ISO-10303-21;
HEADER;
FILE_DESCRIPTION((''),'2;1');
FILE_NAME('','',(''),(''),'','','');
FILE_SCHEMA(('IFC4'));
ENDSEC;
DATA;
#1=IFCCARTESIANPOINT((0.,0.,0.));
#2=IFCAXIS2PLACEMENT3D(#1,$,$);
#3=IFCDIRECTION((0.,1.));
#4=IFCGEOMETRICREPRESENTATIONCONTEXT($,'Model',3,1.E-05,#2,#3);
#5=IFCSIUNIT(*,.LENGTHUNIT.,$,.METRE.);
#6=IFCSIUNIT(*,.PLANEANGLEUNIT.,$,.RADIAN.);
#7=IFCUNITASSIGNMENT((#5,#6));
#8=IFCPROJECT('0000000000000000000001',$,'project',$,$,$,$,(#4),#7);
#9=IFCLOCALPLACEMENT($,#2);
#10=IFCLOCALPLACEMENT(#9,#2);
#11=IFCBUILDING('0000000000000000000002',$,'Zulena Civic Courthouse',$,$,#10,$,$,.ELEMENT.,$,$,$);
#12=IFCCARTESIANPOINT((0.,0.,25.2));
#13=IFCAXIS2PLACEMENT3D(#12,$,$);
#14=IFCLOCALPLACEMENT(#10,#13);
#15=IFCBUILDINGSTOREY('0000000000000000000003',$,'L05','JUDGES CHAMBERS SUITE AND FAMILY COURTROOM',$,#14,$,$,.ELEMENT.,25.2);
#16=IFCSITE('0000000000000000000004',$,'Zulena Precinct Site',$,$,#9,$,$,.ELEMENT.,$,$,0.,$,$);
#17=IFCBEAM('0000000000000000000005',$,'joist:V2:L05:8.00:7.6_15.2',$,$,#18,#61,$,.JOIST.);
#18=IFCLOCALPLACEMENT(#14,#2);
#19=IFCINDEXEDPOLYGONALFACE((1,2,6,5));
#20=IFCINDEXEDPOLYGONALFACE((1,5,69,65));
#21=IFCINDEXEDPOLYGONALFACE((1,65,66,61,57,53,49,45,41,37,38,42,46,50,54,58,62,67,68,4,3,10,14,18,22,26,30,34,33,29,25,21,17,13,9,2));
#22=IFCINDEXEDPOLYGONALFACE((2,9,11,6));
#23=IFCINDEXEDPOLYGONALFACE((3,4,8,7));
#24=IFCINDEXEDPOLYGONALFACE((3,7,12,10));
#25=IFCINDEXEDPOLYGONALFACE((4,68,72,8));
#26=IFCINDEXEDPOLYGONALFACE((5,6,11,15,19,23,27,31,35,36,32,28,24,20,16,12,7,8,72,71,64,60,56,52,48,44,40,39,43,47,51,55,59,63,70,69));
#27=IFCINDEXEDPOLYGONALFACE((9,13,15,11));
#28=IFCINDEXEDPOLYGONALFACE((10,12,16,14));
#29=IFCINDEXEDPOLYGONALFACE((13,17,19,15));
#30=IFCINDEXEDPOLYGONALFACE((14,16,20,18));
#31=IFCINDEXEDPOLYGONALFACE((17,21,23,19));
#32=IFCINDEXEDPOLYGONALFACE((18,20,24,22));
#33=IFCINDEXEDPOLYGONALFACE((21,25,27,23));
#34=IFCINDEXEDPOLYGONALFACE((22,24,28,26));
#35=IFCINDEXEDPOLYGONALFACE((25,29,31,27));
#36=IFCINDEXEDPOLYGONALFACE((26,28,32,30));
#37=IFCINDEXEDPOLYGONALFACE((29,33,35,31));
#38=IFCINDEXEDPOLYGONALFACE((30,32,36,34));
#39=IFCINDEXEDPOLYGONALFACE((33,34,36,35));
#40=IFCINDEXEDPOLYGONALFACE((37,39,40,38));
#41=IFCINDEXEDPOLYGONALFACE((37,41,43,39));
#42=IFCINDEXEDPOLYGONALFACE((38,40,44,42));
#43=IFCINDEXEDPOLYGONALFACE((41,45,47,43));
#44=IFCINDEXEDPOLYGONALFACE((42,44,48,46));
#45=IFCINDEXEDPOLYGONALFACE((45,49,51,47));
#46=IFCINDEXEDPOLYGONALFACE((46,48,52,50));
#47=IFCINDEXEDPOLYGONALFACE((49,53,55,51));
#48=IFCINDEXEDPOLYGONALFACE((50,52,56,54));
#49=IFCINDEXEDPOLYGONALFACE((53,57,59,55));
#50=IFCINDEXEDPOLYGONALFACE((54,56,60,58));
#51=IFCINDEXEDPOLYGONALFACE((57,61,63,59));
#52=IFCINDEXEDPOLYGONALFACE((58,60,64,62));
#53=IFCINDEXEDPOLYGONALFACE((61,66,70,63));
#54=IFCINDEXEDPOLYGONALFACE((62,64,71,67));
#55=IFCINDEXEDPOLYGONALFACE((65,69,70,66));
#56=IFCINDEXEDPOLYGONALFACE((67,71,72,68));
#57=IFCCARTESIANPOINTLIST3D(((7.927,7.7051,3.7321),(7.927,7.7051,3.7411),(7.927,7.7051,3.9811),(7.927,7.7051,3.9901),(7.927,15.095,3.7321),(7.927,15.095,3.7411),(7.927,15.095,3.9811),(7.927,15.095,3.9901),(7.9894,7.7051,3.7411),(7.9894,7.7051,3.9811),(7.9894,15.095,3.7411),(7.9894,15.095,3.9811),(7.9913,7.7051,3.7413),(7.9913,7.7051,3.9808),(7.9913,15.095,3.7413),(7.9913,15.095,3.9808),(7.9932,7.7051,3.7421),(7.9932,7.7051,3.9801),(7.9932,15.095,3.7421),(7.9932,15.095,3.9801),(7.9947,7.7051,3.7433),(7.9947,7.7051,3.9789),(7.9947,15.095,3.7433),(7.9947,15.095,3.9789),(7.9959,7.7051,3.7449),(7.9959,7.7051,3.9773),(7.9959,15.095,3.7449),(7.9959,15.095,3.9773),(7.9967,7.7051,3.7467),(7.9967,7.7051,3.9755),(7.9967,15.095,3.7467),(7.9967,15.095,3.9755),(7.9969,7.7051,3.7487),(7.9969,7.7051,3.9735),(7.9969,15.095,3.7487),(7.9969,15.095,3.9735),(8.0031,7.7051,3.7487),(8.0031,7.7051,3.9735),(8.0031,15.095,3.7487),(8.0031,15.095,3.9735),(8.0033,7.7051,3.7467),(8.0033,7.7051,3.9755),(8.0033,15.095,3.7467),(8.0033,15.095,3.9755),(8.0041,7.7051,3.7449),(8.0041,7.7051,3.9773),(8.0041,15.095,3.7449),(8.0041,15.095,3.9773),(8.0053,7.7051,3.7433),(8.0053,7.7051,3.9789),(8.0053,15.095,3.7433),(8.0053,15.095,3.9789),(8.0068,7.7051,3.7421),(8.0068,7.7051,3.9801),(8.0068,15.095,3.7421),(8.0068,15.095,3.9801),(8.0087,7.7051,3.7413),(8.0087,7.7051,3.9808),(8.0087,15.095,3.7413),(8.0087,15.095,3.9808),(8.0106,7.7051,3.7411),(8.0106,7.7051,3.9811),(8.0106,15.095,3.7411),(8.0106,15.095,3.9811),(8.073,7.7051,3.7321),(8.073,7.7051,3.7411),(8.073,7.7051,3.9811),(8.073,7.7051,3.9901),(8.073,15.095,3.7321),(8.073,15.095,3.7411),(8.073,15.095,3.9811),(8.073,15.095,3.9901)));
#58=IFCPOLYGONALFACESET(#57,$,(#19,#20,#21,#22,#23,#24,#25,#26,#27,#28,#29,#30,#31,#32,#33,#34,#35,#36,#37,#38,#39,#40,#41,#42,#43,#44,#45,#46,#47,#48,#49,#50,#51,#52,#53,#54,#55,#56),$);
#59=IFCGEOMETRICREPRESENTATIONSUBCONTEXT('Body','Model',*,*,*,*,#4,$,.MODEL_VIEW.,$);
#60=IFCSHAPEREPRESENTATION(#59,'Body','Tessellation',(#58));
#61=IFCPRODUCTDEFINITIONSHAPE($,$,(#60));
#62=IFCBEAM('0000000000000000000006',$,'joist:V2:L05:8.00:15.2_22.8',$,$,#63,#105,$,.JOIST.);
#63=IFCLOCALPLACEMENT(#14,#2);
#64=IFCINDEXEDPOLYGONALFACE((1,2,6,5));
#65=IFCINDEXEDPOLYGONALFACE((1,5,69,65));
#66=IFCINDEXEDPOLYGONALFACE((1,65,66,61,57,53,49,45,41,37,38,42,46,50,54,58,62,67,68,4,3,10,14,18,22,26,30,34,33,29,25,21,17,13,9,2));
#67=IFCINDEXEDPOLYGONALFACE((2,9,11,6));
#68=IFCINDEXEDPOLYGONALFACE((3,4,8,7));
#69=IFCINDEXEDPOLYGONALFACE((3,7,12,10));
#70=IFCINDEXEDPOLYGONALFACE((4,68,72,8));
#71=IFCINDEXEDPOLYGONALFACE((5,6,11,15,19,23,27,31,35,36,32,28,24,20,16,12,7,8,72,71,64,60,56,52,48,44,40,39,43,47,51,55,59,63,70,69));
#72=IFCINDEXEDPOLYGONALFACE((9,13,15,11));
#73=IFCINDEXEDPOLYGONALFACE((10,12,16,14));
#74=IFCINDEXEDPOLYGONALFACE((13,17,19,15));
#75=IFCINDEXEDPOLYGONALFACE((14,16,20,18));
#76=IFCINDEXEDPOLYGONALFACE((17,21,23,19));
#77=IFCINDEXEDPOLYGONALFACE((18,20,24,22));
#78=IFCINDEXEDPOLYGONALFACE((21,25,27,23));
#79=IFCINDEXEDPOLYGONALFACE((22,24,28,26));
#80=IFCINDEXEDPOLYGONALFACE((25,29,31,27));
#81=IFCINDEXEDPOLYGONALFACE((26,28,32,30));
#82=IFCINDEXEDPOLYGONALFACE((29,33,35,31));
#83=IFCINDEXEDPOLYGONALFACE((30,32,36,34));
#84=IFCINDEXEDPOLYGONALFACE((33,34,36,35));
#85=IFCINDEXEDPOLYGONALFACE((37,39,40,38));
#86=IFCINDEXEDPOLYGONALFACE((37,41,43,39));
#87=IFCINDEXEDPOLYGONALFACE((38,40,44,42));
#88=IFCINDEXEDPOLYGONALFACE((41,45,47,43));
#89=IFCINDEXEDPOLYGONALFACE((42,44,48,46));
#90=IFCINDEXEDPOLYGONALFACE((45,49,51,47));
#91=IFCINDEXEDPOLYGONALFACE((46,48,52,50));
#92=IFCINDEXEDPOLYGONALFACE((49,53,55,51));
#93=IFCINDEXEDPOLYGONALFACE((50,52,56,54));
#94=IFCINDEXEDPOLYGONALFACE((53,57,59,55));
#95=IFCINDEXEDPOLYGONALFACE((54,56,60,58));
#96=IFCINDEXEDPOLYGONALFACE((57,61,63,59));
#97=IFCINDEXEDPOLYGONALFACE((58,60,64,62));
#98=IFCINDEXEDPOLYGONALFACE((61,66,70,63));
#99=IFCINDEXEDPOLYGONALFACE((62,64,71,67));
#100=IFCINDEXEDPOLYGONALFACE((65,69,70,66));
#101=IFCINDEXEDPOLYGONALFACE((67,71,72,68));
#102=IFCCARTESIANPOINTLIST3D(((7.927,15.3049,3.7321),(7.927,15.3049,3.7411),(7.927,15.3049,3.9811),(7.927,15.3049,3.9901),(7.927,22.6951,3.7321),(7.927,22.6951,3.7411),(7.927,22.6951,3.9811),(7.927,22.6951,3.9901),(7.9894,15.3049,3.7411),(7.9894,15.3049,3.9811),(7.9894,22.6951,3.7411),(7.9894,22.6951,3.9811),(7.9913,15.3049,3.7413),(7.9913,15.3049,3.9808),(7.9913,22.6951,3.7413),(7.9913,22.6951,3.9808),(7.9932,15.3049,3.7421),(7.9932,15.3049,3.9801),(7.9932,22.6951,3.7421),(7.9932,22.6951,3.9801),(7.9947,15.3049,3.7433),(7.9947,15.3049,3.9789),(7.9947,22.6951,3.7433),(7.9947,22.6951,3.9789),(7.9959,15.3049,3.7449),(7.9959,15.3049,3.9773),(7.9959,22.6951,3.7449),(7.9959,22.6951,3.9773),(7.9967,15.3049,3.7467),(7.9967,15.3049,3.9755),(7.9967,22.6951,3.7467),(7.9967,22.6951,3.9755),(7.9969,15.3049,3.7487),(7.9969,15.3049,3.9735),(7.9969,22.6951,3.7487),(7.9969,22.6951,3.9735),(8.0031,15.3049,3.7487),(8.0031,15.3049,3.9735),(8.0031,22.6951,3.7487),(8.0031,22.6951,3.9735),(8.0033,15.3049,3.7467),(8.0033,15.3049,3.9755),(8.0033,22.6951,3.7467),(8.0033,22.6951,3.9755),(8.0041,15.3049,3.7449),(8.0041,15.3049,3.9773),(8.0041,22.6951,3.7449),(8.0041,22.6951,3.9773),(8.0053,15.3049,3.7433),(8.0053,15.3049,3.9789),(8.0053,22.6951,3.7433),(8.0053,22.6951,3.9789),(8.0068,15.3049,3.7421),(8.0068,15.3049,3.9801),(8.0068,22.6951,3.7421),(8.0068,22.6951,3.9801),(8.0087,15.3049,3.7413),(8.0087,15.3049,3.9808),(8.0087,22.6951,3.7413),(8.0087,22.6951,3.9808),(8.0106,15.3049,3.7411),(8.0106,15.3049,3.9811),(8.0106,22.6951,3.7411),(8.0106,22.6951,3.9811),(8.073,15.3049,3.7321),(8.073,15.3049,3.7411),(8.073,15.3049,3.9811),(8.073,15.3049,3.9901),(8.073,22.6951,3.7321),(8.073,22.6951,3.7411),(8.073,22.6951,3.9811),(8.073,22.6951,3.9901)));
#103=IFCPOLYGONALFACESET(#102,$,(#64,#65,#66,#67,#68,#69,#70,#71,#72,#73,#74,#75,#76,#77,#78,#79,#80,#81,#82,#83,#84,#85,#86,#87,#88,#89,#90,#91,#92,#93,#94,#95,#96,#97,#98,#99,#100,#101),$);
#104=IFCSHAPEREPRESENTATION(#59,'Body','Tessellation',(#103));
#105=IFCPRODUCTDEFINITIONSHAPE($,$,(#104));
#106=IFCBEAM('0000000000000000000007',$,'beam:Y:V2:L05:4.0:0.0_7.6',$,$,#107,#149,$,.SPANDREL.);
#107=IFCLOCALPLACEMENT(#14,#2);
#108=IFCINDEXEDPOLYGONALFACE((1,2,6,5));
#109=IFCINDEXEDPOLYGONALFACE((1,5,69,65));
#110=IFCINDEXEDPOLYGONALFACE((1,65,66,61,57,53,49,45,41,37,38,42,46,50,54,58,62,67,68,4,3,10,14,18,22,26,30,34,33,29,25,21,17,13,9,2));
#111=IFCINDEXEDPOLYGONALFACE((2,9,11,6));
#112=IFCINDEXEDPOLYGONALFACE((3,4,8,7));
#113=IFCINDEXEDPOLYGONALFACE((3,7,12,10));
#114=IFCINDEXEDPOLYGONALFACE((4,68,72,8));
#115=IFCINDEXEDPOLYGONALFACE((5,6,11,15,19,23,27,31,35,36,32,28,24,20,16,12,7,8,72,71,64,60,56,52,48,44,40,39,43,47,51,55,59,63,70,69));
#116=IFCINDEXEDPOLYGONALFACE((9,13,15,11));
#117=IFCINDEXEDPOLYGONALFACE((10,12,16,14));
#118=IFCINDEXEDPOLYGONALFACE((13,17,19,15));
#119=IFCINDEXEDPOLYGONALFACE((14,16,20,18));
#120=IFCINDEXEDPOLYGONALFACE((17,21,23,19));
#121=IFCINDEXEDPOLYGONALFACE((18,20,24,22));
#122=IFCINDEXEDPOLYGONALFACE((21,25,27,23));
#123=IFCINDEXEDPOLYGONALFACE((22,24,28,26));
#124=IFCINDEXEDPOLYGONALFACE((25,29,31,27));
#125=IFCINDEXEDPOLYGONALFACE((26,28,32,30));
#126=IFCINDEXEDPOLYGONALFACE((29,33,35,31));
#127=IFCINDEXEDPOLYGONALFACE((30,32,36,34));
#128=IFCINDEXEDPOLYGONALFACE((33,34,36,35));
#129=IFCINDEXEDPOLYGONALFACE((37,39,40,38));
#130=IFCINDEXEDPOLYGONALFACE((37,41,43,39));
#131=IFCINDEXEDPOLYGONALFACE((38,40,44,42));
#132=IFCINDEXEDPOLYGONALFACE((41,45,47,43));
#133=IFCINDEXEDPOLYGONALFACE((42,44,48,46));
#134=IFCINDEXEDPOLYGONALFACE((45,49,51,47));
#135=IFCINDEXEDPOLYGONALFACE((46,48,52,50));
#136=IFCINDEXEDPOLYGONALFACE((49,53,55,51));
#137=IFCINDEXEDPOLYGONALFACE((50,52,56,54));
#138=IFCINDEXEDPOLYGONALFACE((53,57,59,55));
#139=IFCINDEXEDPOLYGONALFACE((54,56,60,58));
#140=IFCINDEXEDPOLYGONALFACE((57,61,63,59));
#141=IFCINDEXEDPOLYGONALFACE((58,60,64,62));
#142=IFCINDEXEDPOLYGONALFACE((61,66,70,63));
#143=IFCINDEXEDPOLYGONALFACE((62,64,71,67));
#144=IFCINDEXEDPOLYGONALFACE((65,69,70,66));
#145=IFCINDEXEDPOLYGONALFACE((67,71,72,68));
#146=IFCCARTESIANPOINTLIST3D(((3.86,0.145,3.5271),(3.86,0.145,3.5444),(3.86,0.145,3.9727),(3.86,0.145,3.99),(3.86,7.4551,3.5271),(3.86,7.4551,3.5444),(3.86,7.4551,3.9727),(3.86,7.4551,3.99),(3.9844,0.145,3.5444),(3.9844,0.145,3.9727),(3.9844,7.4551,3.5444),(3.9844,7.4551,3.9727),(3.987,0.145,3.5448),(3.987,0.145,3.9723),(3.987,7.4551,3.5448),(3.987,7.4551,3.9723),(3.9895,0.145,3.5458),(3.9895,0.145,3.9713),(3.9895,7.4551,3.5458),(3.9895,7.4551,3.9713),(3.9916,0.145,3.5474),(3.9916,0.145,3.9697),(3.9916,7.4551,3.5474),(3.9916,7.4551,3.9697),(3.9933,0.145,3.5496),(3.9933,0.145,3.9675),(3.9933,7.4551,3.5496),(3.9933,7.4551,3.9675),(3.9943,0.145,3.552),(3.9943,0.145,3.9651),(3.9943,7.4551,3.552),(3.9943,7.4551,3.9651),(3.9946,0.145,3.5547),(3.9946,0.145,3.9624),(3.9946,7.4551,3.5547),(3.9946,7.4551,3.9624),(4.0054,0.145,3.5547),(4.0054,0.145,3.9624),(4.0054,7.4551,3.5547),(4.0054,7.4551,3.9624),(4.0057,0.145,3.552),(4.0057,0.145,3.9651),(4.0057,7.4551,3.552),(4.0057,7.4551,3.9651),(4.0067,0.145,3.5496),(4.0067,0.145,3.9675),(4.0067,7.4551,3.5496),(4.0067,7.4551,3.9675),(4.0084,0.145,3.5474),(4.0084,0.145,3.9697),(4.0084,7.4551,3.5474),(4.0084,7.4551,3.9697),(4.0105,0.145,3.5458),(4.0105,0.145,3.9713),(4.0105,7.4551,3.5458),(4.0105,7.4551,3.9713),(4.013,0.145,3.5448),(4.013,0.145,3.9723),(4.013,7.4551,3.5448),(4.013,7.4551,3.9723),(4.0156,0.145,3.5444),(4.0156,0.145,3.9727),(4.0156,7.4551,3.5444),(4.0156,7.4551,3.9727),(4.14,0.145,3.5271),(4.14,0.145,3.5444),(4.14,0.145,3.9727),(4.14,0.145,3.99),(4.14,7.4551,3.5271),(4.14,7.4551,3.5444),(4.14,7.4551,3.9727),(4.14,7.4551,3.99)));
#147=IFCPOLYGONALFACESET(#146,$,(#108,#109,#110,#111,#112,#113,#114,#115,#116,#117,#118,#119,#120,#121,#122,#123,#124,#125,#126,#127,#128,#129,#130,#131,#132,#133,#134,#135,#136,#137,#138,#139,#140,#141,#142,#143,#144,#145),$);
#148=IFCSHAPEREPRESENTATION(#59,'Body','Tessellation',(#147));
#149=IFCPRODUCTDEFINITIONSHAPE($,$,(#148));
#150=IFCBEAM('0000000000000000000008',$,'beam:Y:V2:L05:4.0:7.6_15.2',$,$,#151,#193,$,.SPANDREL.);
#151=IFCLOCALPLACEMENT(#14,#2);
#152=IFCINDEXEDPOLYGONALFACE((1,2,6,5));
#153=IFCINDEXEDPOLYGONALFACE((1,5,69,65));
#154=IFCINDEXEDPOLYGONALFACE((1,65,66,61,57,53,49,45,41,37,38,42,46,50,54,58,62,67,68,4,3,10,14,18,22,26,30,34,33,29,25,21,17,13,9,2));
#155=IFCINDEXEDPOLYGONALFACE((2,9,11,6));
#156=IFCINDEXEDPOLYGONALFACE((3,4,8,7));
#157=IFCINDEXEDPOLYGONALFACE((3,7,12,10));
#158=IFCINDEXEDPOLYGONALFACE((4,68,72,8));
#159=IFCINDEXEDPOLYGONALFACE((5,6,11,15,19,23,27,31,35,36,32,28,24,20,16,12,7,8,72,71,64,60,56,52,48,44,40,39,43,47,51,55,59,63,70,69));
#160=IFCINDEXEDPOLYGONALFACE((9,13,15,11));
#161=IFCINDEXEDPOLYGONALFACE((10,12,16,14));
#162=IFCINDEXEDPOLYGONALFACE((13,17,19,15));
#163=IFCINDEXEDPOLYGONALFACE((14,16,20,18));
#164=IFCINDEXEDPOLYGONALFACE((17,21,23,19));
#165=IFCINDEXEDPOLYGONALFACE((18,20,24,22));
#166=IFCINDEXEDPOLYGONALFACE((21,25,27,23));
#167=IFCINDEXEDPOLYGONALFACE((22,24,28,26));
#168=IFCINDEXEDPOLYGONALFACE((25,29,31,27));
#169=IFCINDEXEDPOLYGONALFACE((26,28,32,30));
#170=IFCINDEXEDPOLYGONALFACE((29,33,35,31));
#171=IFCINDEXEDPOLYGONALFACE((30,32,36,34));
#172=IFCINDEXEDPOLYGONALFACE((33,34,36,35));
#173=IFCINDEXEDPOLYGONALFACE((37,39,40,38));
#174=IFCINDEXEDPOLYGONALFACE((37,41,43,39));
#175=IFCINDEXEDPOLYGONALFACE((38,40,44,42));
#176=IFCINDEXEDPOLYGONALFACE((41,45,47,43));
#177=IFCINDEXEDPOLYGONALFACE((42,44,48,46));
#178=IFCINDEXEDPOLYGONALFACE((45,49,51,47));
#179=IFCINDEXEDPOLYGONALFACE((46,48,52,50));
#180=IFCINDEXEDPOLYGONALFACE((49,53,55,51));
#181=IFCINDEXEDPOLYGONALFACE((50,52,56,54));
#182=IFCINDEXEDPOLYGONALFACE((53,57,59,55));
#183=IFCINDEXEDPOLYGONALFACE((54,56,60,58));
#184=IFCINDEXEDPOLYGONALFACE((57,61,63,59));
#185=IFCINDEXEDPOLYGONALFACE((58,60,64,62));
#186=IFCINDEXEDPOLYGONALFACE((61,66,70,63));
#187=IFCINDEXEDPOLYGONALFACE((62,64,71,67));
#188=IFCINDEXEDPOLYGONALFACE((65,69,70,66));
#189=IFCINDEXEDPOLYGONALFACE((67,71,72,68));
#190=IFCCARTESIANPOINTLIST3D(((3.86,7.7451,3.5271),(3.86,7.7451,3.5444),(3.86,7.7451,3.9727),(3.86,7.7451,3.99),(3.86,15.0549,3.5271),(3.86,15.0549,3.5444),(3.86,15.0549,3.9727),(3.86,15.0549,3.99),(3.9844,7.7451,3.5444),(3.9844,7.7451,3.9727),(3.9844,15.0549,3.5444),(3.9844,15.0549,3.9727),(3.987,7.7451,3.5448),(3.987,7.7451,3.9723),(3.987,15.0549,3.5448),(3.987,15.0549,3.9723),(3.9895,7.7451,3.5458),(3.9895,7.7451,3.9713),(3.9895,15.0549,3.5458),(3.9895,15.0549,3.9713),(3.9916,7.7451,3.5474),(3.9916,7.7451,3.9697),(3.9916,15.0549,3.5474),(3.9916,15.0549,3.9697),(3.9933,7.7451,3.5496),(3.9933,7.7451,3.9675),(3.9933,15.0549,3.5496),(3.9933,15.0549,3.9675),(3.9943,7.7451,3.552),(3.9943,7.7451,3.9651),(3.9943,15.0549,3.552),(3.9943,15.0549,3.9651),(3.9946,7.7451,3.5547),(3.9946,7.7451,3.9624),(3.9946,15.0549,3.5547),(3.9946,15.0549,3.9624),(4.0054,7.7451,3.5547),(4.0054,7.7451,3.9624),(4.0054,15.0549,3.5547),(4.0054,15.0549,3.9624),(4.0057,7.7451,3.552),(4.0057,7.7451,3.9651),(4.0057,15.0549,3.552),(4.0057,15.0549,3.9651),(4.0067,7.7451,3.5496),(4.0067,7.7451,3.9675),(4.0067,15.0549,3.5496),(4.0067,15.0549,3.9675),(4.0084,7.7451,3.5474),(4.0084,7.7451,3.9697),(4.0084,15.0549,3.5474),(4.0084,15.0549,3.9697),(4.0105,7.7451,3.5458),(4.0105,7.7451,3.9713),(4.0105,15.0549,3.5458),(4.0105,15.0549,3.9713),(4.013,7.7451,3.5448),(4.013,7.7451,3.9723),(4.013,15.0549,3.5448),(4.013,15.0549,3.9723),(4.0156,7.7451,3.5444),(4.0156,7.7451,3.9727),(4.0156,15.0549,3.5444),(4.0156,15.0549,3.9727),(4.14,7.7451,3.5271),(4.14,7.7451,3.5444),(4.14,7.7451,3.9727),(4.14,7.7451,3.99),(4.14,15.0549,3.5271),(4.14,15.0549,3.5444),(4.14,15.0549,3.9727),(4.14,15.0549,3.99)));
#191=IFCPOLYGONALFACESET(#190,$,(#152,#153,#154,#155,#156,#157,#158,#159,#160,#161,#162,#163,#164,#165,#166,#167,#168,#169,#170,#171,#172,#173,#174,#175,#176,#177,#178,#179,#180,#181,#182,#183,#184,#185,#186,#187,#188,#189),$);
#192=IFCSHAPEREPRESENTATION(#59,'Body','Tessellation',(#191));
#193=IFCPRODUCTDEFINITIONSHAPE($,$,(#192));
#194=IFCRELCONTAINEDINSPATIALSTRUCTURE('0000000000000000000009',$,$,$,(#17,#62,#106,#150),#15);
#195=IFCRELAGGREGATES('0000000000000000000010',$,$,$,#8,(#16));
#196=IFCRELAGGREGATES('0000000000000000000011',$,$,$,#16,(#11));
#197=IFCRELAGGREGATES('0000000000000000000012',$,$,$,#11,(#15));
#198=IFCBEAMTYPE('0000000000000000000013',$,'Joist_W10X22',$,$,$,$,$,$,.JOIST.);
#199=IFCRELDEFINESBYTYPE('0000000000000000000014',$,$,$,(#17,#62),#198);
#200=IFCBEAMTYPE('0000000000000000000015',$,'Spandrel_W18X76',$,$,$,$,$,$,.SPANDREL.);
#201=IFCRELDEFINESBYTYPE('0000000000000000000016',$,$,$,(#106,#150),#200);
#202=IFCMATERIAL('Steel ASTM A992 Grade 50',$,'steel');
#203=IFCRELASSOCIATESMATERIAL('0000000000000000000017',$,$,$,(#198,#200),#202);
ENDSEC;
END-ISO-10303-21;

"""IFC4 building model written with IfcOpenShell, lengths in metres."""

from ifc_helpers import new_model, si_unit, direction, frame, origin, origin_2d, place, context, subcontext, project, spatial, i_section, extrude, material, material_profile, profile_set, type_object, element, save


model = new_model("IFC4")

# Units and contexts
model_context = context("Model", 3, precision=1e-05, world=origin(), true_north=direction((0.0, 1.0)))
body_context = subcontext(model_context, "Body", "Model", "MODEL_VIEW")
ifc_project = project(units=[si_unit("LENGTHUNIT", "METRE"), si_unit("PLANEANGLEUNIT", "RADIAN")], contexts=[model_context])

# Site, building, storey
site_placement = place(None, origin())
site = spatial("IfcSite", under=ifc_project, at=site_placement, Name="Zulena Precinct Site", CompositionType="ELEMENT", RefElevation=0.0)
building_placement = place(site_placement, origin())
building = spatial("IfcBuilding", under=site, at=building_placement, Name="Zulena Civic Courthouse", CompositionType="ELEMENT")
storey_placement = place(building_placement, frame((0.0, 0.0, 25.2)))
storey = spatial("IfcBuildingStorey", under=building, at=storey_placement, Name="L05", Description="JUDGES CHAMBERS SUITE AND FAMILY COURTROOM", CompositionType="ELEMENT", Elevation=25.2)

# Shared definitions
ifc_material_1 = material(Name="Steel ASTM A992 Grade 50", Category="steel")

# Beams
ifc_material_profile_1 = material_profile(ifc_material_1, i_section(OverallWidth=0.146, OverallDepth=0.2581, WebThickness=0.0061, FlangeThickness=0.009, FilletRadius=0.0076, at=origin_2d()), Name="W10X22")
ifc_profile_set_1 = profile_set([ifc_material_profile_1], Name="Steel ASTM A992 Grade 50")
beam_type_1 = type_object("IfcBeamType", Name="Joist_W10X22", PredefinedType="JOIST", material=ifc_profile_set_1)
beam_1_placement = place(storey_placement, frame((8.0, 7.7051, 3.8611), z_axis=(0.0, 1.0, 0.0), x_axis=(-1.0, 0.0, 0.0)))
element("IfcBeam", 1, at=beam_1_placement, inside=storey, type_object=beam_type_1, Name="joist:V2:L05:8.00:7.6_15.2", PredefinedType="JOIST", context=body_context, shape_type="SweptSolid", body=[
    extrude(i_section(OverallWidth=0.146, OverallDepth=0.2581, WebThickness=0.0061, FlangeThickness=0.009, FilletRadius=0.0076, at=origin_2d()), origin(), (0.0, 0.0, 1.0), 7.3899),
])
beam_2_placement = place(storey_placement, frame((8.0, 15.3049, 3.8611), z_axis=(0.0, 1.0, 0.0), x_axis=(-1.0, 0.0, 0.0)))
element("IfcBeam", 2, at=beam_2_placement, inside=storey, type_object=beam_type_1, Name="joist:V2:L05:8.00:15.2_22.8", PredefinedType="JOIST", context=body_context, shape_type="SweptSolid", body=[
    extrude(i_section(OverallWidth=0.146, OverallDepth=0.2581, WebThickness=0.0061, FlangeThickness=0.009, FilletRadius=0.0076, at=origin_2d()), origin(), (0.0, 0.0, 1.0), 7.3901),
])
ifc_material_profile_2 = material_profile(ifc_material_1, i_section(OverallWidth=0.28, OverallDepth=0.4629, WebThickness=0.0107, FlangeThickness=0.0173, FilletRadius=0.0103, at=origin_2d()), Name="W18X76")
ifc_profile_set_2 = profile_set([ifc_material_profile_2], Name="Steel ASTM A992 Grade 50")
beam_type_2 = type_object("IfcBeamType", Name="Spandrel_W18X76", PredefinedType="SPANDREL", material=ifc_profile_set_2)
beam_3_placement = place(storey_placement, frame((4.0, 0.145, 3.7585), z_axis=(0.0, 1.0, 0.0), x_axis=(-1.0, 0.0, 0.0)))
element("IfcBeam", 3, at=beam_3_placement, inside=storey, type_object=beam_type_2, Name="beam:Y:V2:L05:4.0:0.0_7.6", PredefinedType="SPANDREL", context=body_context, shape_type="SweptSolid", body=[
    extrude(i_section(OverallWidth=0.28, OverallDepth=0.4629, WebThickness=0.0107, FlangeThickness=0.0173, FilletRadius=0.0103, at=origin_2d()), origin(), (0.0, 0.0, 1.0), 7.3101),
])
beam_4_placement = place(storey_placement, frame((4.0, 7.7451, 3.7585), z_axis=(0.0, 1.0, 0.0), x_axis=(-1.0, 0.0, 0.0)))
element("IfcBeam", 4, at=beam_4_placement, inside=storey, type_object=beam_type_2, Name="beam:Y:V2:L05:4.0:7.6_15.2", PredefinedType="SPANDREL", context=body_context, shape_type="SweptSolid", body=[
    extrude(i_section(OverallWidth=0.28, OverallDepth=0.4629, WebThickness=0.0107, FlangeThickness=0.0173, FilletRadius=0.0103, at=origin_2d()), origin(), (0.0, 0.0, 1.0), 7.3098),
])

save(model, "model.ifc")
